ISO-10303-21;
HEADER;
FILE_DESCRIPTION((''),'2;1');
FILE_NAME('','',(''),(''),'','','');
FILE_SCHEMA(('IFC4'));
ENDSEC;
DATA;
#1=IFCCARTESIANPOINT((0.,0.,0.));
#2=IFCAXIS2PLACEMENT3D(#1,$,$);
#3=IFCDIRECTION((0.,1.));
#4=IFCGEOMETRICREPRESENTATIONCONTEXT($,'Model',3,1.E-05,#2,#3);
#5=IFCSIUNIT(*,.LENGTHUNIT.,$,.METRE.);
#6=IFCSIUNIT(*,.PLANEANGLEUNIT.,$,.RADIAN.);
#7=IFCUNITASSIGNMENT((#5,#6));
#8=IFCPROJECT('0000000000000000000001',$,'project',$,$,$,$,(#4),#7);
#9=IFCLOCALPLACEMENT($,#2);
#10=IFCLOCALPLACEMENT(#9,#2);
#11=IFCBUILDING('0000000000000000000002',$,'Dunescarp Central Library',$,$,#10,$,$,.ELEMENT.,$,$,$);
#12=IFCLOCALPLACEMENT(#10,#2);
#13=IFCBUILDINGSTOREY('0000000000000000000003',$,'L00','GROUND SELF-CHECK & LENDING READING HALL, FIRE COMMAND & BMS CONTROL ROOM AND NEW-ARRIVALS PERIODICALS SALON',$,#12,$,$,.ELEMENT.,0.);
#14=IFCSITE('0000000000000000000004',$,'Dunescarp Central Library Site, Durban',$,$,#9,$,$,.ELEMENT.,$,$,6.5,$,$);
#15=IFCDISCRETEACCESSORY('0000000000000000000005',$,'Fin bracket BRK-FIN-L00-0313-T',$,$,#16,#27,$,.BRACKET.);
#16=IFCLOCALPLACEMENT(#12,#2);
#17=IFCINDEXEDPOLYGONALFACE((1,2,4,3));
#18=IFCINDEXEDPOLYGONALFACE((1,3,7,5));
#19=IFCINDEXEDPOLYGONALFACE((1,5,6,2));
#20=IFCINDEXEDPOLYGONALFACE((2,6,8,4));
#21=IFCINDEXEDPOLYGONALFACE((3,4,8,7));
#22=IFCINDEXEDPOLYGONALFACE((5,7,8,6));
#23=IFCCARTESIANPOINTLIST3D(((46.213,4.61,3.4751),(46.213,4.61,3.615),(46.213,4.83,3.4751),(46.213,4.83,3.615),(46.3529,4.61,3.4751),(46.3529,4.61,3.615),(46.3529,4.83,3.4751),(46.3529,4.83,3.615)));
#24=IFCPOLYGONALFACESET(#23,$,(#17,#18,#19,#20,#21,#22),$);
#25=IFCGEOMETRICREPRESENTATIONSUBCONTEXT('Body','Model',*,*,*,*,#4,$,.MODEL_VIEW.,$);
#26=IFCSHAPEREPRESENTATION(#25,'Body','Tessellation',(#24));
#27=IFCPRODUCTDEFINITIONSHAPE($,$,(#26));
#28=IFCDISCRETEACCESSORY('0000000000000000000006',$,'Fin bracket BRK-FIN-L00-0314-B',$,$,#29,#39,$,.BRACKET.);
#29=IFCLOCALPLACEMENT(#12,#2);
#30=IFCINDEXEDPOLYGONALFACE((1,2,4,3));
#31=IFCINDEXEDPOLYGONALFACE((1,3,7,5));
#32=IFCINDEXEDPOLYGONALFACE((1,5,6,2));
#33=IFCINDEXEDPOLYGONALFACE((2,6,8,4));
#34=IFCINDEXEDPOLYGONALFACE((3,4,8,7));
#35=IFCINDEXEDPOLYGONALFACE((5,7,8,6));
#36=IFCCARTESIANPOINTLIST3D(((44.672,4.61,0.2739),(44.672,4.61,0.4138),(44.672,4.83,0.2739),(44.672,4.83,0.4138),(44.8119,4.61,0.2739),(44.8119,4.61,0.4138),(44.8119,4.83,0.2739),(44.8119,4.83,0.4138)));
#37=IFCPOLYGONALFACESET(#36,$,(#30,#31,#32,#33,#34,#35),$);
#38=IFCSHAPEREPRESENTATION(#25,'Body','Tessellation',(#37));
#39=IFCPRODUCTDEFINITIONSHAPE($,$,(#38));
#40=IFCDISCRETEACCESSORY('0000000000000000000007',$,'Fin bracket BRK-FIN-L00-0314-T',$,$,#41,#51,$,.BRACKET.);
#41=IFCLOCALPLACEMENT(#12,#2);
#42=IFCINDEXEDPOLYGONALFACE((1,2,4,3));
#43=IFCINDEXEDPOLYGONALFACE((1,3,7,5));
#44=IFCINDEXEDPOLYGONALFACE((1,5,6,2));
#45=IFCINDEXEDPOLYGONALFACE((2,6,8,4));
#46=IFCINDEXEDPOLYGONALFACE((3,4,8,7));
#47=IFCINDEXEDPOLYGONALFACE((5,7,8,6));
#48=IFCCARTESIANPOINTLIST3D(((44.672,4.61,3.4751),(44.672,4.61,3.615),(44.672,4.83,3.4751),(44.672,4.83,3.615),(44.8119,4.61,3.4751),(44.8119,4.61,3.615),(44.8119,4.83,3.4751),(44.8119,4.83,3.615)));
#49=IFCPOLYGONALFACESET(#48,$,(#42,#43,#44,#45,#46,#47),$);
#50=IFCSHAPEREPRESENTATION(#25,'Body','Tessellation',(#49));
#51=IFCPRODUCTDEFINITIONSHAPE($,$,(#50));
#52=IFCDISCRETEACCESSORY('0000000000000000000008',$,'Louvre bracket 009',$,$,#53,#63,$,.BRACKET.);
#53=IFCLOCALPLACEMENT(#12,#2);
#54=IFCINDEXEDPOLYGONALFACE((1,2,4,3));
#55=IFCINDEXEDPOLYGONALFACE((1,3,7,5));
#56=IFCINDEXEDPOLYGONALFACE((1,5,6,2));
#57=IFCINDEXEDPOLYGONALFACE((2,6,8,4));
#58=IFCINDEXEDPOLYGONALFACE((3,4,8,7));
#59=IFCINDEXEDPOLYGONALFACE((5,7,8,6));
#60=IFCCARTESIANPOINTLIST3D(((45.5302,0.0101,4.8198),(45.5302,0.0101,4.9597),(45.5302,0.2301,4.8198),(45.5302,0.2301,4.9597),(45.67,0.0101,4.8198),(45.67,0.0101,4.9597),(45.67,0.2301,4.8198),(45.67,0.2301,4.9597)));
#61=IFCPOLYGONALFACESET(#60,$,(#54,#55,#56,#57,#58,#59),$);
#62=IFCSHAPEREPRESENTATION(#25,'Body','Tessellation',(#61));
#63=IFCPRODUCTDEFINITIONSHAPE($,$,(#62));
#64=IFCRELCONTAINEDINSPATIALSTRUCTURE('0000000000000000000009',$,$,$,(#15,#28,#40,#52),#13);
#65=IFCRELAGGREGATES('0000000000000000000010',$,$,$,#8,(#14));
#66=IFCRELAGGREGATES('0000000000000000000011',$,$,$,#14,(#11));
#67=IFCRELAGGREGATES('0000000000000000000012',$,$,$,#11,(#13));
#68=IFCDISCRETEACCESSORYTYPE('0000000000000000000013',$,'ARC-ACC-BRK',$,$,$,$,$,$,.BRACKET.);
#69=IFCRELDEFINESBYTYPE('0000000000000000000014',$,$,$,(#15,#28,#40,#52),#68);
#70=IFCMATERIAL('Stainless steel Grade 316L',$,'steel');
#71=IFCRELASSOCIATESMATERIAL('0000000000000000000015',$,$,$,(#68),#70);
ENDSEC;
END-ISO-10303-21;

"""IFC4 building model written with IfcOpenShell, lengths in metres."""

from ifc_helpers import new_model, si_unit, direction, frame, origin, origin_2d, place, context, subcontext, project, spatial, rectangle, extrude, material, type_object, element, save


model = new_model("IFC4")

# Units and contexts
model_context = context("Model", 3, precision=1e-05, world=origin(), true_north=direction((0.0, 1.0)))
body_context = subcontext(model_context, "Body", "Model", "MODEL_VIEW")
ifc_project = project(units=[si_unit("LENGTHUNIT", "METRE"), si_unit("PLANEANGLEUNIT", "RADIAN")], contexts=[model_context])

# Site, building, storey
site_placement = place(None, origin())
site = spatial("IfcSite", under=ifc_project, at=site_placement, Name="Dunescarp Central Library Site, Durban", CompositionType="ELEMENT", RefElevation=6.5)
building_placement = place(site_placement, origin())
building = spatial("IfcBuilding", under=site, at=building_placement, Name="Dunescarp Central Library", CompositionType="ELEMENT")
storey_placement = place(building_placement, origin())
storey = spatial("IfcBuildingStorey", under=building, at=storey_placement, Name="L00", Description="GROUND SELF-CHECK & LENDING READING HALL, FIRE COMMAND & BMS CONTROL ROOM AND NEW-ARRIVALS PERIODICALS SALON", CompositionType="ELEMENT", Elevation=0.0)

# Discrete accessories
ifc_material_1 = material(Name="Stainless steel Grade 316L", Category="steel")
discrete_accessory_type = type_object("IfcDiscreteAccessoryType", Name="ARC-ACC-BRK", PredefinedType="BRACKET", material=ifc_material_1)
for number, where, z_axis, x_axis, name in (
    (1, (46.283, 4.72, 3.4751), (0.0, 0.0, 1.0), (0.0, -1.0, 0.0), "Fin bracket BRK-FIN-L00-0313-T"),
    (2, (44.7419, 4.72, 0.2739), (0.0, 0.0, 1.0), (0.0, -1.0, 0.0), "Fin bracket BRK-FIN-L00-0314-B"),
    (3, (44.7419, 4.72, 3.4751), (0.0, 0.0, 1.0), (0.0, -1.0, 0.0), "Fin bracket BRK-FIN-L00-0314-T"),
):
    element("IfcDiscreteAccessory", number, at=place(storey_placement, frame(where, z_axis=z_axis, x_axis=x_axis)), inside=storey, type_object=discrete_accessory_type, Name=name, PredefinedType="BRACKET", context=body_context, shape_type="SweptSolid", body=[
        extrude(rectangle(XDim=0.22, YDim=0.1399, at=origin_2d()), origin(), (0.0, 0.0, 1.0), 0.1399),
    ])
discrete_accessory_placement = place(storey_placement, frame((45.6001, 0.1201, 4.8198), z_axis=(0.0, 0.0, 1.0), x_axis=(1.0, 0.0, 0.0)))
element("IfcDiscreteAccessory", 4, at=discrete_accessory_placement, inside=storey, type_object=discrete_accessory_type, Name="Louvre bracket 009", PredefinedType="BRACKET", context=body_context, shape_type="SweptSolid", body=[
    extrude(rectangle(XDim=0.1399, YDim=0.22, at=origin_2d()), origin(), (0.0, 0.0, 1.0), 0.1399),
])

save(model, "model.ifc")
